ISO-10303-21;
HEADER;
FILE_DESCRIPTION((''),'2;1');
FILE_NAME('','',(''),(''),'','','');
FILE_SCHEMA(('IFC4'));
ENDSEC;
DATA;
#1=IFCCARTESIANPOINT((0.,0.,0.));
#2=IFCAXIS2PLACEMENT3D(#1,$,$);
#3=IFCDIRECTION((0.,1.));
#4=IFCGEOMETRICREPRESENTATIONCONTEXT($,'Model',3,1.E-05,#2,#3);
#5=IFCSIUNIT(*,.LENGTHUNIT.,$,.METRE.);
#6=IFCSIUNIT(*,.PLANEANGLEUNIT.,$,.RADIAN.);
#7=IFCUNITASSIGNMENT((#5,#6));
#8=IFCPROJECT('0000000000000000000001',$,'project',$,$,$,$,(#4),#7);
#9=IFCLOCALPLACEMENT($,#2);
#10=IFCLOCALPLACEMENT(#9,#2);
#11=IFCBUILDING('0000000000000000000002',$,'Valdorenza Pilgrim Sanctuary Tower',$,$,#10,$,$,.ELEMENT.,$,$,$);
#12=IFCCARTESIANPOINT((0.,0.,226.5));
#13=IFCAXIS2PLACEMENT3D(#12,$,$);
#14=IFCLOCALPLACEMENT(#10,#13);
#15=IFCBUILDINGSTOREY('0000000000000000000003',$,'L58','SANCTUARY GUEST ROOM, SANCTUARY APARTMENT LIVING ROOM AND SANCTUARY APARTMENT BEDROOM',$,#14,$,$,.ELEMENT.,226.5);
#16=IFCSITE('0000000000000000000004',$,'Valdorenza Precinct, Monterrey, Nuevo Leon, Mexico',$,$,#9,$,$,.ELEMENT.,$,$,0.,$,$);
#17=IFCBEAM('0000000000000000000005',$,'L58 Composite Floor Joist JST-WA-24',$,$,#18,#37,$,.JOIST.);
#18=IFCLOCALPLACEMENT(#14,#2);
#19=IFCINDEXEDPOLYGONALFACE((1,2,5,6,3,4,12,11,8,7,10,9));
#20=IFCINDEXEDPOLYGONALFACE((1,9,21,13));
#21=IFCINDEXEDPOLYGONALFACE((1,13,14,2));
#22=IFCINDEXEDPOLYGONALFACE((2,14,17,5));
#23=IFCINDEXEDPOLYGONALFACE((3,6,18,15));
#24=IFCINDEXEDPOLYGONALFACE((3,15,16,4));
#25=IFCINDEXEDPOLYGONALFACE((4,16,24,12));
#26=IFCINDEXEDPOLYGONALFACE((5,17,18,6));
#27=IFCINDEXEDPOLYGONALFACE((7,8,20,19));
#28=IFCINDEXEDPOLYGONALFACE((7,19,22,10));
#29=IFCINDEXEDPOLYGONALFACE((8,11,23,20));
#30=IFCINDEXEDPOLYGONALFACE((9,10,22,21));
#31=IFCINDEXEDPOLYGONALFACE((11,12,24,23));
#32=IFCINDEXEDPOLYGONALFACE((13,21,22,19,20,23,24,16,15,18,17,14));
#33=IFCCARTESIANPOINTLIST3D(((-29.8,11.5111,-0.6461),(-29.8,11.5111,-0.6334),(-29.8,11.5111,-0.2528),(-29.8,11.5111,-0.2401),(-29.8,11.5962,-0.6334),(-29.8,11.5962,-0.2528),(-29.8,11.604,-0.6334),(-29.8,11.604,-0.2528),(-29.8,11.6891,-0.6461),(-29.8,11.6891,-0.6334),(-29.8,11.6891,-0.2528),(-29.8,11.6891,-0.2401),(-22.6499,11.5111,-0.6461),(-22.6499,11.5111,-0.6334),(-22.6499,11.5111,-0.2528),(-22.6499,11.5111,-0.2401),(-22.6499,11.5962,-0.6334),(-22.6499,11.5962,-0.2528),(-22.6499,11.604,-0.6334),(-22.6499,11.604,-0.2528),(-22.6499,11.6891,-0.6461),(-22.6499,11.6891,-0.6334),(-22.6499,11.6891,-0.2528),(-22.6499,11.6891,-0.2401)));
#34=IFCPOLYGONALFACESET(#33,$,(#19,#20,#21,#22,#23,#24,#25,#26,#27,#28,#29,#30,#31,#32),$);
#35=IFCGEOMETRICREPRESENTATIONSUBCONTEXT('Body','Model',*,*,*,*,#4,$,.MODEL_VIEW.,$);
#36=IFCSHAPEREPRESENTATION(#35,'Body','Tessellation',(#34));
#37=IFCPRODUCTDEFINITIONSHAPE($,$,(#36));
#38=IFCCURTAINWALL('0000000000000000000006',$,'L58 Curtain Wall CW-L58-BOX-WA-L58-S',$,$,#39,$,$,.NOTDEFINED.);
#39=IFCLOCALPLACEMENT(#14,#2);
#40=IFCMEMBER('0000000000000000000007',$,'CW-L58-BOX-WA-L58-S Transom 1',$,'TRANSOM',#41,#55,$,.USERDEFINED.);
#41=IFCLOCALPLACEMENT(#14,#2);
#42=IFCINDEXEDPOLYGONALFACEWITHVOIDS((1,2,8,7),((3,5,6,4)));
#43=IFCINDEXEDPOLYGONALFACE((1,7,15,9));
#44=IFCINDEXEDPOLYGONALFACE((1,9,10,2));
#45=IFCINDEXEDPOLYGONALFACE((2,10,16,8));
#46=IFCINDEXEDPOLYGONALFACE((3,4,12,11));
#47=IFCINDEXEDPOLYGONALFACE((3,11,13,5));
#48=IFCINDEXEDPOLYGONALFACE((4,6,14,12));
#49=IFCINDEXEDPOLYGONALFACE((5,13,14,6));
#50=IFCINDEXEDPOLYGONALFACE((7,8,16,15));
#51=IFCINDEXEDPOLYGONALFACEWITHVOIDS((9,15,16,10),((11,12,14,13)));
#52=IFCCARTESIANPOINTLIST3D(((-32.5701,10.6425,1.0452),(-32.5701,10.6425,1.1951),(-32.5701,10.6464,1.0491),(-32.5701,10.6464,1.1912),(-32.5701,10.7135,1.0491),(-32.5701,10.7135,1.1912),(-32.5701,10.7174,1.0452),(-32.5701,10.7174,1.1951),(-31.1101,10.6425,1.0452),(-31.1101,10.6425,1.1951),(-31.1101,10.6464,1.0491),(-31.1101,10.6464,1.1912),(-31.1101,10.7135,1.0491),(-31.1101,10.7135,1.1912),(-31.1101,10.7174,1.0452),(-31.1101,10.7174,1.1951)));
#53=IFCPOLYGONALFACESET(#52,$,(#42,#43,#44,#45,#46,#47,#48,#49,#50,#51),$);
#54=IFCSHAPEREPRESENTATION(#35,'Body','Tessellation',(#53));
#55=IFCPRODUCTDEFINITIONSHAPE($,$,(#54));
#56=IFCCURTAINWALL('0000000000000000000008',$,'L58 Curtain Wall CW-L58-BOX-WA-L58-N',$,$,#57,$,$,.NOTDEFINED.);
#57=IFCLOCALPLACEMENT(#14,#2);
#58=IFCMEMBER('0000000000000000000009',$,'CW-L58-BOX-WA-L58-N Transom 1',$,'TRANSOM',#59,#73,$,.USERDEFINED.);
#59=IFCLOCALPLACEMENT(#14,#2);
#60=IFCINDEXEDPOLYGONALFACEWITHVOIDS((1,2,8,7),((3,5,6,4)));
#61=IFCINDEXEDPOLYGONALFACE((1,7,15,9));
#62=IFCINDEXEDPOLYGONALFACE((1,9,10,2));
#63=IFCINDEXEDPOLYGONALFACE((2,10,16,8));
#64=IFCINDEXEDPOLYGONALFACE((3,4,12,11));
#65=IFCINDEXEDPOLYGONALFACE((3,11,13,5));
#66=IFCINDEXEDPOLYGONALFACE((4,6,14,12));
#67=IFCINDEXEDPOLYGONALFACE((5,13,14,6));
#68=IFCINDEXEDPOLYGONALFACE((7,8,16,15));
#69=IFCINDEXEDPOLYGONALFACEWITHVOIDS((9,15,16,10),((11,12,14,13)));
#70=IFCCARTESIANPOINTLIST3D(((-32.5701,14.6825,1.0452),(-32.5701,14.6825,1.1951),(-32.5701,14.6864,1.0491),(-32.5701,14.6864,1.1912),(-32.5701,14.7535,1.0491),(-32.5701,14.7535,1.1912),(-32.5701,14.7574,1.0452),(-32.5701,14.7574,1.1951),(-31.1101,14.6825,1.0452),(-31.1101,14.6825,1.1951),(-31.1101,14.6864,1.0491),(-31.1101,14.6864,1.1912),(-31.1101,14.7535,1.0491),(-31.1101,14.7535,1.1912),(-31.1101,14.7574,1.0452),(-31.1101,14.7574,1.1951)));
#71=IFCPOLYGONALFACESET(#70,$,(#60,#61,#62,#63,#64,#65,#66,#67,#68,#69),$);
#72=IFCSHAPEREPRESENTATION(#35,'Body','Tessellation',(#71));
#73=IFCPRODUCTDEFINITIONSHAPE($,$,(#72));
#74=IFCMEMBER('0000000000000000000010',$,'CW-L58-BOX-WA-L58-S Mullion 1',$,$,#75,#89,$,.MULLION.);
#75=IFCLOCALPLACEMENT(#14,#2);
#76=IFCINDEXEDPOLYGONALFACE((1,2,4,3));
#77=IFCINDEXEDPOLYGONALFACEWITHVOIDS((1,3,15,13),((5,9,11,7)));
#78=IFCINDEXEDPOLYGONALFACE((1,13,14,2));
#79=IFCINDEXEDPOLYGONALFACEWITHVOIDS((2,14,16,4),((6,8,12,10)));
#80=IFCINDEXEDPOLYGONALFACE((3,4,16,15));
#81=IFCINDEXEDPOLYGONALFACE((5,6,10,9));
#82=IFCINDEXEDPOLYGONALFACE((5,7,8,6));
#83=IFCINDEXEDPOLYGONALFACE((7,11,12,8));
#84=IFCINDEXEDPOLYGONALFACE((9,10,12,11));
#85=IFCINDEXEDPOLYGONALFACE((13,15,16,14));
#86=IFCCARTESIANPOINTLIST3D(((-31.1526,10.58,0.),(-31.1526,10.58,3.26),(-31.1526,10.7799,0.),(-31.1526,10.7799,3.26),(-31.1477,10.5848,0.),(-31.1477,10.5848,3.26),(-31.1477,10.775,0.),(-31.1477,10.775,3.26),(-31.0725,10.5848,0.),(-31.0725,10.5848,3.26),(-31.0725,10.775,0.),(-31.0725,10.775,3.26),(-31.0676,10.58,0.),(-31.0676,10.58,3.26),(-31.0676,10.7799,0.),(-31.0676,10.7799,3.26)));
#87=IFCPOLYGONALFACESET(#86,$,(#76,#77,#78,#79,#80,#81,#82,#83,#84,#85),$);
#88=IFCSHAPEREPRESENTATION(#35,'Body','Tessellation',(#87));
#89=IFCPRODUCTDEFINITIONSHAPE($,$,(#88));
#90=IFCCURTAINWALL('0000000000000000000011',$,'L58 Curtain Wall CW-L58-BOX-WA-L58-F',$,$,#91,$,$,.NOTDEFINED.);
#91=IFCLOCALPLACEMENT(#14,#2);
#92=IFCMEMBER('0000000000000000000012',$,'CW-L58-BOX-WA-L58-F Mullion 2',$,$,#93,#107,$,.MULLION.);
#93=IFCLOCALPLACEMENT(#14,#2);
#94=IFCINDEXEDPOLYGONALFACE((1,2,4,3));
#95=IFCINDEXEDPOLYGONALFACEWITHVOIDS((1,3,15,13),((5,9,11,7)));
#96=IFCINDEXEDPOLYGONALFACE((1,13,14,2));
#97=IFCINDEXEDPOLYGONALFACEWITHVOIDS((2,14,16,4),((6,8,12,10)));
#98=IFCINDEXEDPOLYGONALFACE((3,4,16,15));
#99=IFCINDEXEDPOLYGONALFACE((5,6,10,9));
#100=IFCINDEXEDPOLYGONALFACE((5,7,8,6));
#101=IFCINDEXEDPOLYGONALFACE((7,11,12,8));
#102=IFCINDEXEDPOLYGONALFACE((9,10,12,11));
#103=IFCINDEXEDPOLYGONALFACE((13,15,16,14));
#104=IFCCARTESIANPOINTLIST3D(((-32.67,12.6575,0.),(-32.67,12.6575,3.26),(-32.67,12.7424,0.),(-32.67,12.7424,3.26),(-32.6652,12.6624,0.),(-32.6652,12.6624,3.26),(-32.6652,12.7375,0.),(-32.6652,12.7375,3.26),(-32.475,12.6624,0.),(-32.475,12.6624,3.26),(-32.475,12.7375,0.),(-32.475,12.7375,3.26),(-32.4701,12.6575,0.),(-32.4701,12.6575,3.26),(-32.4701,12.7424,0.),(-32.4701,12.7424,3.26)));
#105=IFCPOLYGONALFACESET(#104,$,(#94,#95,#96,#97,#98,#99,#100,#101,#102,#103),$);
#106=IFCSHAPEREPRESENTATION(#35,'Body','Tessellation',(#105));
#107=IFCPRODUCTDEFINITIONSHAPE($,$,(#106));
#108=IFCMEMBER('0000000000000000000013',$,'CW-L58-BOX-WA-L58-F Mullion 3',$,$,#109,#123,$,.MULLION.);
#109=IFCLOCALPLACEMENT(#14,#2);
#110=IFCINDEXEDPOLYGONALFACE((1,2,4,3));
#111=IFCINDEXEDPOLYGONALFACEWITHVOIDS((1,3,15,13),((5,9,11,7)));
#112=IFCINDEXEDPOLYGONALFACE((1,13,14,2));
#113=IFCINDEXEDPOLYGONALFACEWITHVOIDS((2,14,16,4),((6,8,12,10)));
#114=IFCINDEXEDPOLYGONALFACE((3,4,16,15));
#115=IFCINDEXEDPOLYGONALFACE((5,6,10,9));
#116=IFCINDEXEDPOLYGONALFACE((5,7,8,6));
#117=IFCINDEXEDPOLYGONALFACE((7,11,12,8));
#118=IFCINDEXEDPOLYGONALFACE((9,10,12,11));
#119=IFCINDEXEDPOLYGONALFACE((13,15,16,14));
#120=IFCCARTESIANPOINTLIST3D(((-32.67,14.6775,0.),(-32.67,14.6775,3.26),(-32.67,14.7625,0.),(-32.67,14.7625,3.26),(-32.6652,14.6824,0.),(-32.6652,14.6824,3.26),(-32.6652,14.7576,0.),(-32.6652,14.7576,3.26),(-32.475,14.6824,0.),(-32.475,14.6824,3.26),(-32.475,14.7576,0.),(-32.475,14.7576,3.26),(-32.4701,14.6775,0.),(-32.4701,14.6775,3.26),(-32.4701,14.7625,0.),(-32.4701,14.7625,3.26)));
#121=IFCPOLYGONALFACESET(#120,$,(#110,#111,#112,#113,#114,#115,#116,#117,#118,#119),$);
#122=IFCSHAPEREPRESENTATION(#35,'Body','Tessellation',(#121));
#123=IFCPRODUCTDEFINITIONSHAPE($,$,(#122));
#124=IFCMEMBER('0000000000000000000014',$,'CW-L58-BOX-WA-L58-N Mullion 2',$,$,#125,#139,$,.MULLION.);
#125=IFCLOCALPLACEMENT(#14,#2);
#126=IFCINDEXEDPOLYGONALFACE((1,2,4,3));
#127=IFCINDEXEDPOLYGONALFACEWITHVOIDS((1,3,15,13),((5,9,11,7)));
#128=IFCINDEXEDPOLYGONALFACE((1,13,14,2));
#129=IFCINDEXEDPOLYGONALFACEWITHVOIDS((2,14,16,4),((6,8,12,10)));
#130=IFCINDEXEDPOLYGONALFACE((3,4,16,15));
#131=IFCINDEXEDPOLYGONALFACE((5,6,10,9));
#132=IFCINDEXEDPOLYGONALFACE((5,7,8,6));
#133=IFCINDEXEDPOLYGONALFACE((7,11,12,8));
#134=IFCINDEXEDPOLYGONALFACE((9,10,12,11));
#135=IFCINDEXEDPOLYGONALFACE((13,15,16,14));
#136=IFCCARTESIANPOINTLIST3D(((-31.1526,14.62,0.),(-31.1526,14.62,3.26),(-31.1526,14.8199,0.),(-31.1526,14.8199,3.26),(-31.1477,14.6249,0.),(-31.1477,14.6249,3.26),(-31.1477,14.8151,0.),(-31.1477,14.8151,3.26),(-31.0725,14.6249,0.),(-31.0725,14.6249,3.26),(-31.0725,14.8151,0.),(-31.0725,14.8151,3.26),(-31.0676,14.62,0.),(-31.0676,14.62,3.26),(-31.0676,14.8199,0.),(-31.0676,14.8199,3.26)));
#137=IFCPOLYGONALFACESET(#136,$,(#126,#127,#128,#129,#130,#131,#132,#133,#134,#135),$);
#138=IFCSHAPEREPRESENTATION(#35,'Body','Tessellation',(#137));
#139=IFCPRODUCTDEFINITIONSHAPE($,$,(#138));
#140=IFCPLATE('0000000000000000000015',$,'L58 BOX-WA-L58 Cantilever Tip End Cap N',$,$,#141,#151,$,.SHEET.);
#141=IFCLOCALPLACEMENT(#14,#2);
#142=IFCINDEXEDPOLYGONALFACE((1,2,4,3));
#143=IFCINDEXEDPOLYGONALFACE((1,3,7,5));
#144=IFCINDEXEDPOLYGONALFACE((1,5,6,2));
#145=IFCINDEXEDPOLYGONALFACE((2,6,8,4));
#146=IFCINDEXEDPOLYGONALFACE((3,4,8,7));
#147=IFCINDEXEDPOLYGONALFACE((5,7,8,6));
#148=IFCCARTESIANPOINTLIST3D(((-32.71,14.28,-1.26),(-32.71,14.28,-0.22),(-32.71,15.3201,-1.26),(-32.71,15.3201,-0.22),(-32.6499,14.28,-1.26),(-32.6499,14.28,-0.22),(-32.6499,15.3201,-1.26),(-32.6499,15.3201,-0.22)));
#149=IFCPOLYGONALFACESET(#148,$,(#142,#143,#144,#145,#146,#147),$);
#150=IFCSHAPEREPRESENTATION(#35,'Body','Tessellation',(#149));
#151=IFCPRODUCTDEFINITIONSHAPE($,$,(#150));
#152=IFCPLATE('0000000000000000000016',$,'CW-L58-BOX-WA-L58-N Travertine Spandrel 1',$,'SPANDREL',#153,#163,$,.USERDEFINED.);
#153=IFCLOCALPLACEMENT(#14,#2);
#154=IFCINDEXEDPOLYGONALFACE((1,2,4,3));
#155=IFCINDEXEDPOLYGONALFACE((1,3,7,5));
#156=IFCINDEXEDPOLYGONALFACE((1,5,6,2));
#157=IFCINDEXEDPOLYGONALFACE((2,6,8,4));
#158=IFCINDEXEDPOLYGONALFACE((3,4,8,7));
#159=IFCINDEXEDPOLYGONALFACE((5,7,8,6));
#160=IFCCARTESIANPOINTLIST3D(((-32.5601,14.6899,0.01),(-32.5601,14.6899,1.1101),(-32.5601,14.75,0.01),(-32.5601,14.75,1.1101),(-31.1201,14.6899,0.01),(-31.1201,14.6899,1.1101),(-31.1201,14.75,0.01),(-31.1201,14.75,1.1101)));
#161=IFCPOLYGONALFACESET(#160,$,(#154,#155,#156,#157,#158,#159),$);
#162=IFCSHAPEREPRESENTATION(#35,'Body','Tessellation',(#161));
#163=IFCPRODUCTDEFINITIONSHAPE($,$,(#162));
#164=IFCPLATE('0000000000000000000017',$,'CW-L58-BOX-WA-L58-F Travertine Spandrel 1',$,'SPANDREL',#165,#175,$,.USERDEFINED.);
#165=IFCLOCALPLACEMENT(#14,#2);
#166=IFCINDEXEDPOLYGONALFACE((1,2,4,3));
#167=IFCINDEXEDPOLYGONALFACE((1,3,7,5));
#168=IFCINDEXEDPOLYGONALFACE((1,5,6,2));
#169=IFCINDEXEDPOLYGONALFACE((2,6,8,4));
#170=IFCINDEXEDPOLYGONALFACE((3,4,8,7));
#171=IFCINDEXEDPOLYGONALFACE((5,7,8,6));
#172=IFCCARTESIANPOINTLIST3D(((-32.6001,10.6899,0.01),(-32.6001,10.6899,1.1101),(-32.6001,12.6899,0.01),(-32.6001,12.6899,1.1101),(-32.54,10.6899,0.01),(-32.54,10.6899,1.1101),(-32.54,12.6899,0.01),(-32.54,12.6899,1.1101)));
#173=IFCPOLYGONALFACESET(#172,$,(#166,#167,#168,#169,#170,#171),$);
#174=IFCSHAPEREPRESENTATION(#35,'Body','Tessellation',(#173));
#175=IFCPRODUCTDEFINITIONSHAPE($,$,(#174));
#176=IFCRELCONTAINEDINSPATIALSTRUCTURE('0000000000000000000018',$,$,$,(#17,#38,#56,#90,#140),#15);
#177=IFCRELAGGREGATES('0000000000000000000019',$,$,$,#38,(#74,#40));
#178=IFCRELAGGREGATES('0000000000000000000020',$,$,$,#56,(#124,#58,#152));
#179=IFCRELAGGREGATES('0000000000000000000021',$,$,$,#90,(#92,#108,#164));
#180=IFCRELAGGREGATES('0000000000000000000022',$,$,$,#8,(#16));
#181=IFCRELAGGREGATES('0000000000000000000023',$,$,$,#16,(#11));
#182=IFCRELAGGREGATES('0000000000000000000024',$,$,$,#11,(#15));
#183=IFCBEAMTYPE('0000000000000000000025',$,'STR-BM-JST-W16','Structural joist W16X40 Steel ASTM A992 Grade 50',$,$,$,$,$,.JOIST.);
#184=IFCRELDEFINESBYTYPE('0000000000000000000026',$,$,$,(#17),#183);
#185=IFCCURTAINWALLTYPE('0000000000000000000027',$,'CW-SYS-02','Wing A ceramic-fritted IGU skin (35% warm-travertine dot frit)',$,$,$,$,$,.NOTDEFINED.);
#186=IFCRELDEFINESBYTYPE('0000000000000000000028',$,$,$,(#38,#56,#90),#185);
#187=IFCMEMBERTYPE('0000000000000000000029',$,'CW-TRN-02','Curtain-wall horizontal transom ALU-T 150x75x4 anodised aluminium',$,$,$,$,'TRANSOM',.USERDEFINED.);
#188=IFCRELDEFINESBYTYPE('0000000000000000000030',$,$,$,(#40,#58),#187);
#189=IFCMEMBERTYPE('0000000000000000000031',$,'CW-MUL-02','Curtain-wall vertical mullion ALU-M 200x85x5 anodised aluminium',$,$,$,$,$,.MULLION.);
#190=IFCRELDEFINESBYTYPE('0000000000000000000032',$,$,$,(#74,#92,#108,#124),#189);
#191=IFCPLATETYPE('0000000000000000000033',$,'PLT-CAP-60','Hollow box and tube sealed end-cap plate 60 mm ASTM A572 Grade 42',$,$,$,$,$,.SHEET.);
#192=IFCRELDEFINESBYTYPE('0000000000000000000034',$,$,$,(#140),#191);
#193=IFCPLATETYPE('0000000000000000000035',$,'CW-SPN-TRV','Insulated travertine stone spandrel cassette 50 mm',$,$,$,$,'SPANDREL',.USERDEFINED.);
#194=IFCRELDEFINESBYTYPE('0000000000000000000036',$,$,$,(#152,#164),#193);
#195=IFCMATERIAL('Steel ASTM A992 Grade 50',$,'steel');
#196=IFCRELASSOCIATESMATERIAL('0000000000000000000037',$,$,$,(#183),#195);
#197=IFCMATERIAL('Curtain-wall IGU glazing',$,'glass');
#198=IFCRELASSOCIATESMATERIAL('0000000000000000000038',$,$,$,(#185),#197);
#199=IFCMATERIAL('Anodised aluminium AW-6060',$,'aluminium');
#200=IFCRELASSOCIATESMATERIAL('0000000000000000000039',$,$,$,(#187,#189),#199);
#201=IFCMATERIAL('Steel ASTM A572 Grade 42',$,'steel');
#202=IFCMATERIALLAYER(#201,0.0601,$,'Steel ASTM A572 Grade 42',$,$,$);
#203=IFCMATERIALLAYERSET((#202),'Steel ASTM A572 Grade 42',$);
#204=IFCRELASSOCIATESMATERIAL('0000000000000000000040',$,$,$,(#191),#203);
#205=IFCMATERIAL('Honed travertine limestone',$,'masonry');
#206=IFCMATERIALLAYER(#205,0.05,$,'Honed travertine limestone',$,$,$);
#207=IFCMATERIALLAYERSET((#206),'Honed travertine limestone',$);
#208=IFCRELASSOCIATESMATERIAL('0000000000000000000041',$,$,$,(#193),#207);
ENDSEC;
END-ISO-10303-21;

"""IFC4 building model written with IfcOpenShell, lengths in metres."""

from ifc_helpers import new_model, si_unit, direction, frame, origin, origin_2d, place, context, subcontext, project, spatial, rectangle, hollow_rectangle, i_section, extrude, source, transform, mapped, material, layer, layer_set, material_profile, profile_set, type_object, element, aggregate, save


model = new_model("IFC4")

# Units and contexts
model_context = context("Model", 3, precision=1e-05, world=origin(), true_north=direction((0.0, 1.0)))
body_context = subcontext(model_context, "Body", "Model", "MODEL_VIEW")
ifc_project = project(units=[si_unit("LENGTHUNIT", "METRE"), si_unit("PLANEANGLEUNIT", "RADIAN")], contexts=[model_context])

# Site, building, storey
site_placement = place(None, origin())
site = spatial("IfcSite", under=ifc_project, at=site_placement, Name="Valdorenza Precinct, Monterrey, Nuevo Leon, Mexico", CompositionType="ELEMENT", RefElevation=0.0)
building_placement = place(site_placement, origin())
building = spatial("IfcBuilding", under=site, at=building_placement, Name="Valdorenza Pilgrim Sanctuary Tower", CompositionType="ELEMENT")
storey_placement = place(building_placement, frame((0.0, 0.0, 226.5)))
storey = spatial("IfcBuildingStorey", under=building, at=storey_placement, Name="L58", Description="SANCTUARY GUEST ROOM, SANCTUARY APARTMENT LIVING ROOM AND SANCTUARY APARTMENT BEDROOM", CompositionType="ELEMENT", Elevation=226.5)

# Beam
ifc_material_1 = material(Name="Steel ASTM A992 Grade 50", Category="steel")
ifc_material_profile_1 = material_profile(ifc_material_1, i_section(OverallWidth=0.178, OverallDepth=0.406, WebThickness=0.0078, FlangeThickness=0.0127, at=origin_2d()), Name="W16X40")
ifc_profile_set_1 = profile_set([ifc_material_profile_1], Name="Steel ASTM A992 Grade 50")
beam_type = type_object("IfcBeamType", Name="STR-BM-JST-W16", Description="Structural joist W16X40 Steel ASTM A992 Grade 50", PredefinedType="JOIST", material=ifc_profile_set_1)
shared_shape_1 = source(origin(), body_context, "Body", "SweptSolid", [
    extrude(i_section(OverallWidth=0.178, OverallDepth=0.406, WebThickness=0.0078, FlangeThickness=0.0127, at=origin_2d()), origin(), (0.0, 0.0, 1.0), 7.1501),
])
beam_placement = place(storey_placement, frame((-29.8, 11.6001, -0.4431), z_axis=(1.0, 0.0, 0.0), x_axis=(0.0, 1.0, 0.0)))
element("IfcBeam", 1, at=beam_placement, inside=storey, type_object=beam_type, Name="L58 Composite Floor Joist JST-WA-24", PredefinedType="JOIST", context=body_context, shape_type="MappedRepresentation", body=[
    mapped(shared_shape_1, transform((0.0, 0.0, 0.0), x_axis=(1.0, 0.0, 0.0), y_axis=(0.0, 1.0, 0.0), z_axis=(0.0, 0.0, 1.0), scale=1.0)),
])

# Curtain walls, members
ifc_material_2 = material(Name="Curtain-wall IGU glazing", Category="glass")
curtain_wall_type = type_object("IfcCurtainWallType", Name="CW-SYS-02", Description="Wing A ceramic-fritted IGU skin (35% warm-travertine dot frit)", PredefinedType="NOTDEFINED", material=ifc_material_2)
curtain_wall_1_placement = place(storey_placement, origin())
curtain_wall_1 = element("IfcCurtainWall", 2, at=curtain_wall_1_placement, inside=storey, type_object=curtain_wall_type, Name="L58 Curtain Wall CW-L58-BOX-WA-L58-S", PredefinedType="NOTDEFINED")
ifc_material_3 = material(Name="Anodised aluminium AW-6060", Category="aluminium")
ifc_material_profile_2 = material_profile(ifc_material_3, hollow_rectangle(XDim=0.075, YDim=0.1499, WallThickness=0.0039, at=origin_2d()), Name="ALU-T 150x75x4")
ifc_profile_set_2 = profile_set([ifc_material_profile_2], Name="Anodised aluminium AW-6060")
member_type_1 = type_object("IfcMemberType", Name="CW-TRN-02", Description="Curtain-wall horizontal transom ALU-T 150x75x4 anodised aluminium", ElementType="TRANSOM", PredefinedType="USERDEFINED", material=ifc_profile_set_2)
shared_shape_2 = source(origin(), body_context, "Body", "SweptSolid", [
    extrude(hollow_rectangle(XDim=0.075, YDim=0.1499, WallThickness=0.0039, at=origin_2d()), origin(), (0.0, 0.0, 1.0), 1.46),
])
member_1_placement = place(storey_placement, frame((-31.1101, 10.6799, 1.1201), z_axis=(-1.0, 0.0, 0.0), x_axis=(0.0, -1.0, 0.0)))
member_1 = element("IfcMember", 3, at=member_1_placement, type_object=member_type_1, Name="CW-L58-BOX-WA-L58-S Transom 1", ObjectType="TRANSOM", PredefinedType="USERDEFINED", context=body_context, shape_type="MappedRepresentation", body=[
    mapped(shared_shape_2, transform((0.0, 0.0, 0.0), x_axis=(1.0, 0.0, 0.0), y_axis=(0.0, 1.0, 0.0), z_axis=(0.0, 0.0, 1.0), scale=1.0)),
])
curtain_wall_2_placement = place(storey_placement, origin())
curtain_wall_2 = element("IfcCurtainWall", 4, at=curtain_wall_2_placement, inside=storey, type_object=curtain_wall_type, Name="L58 Curtain Wall CW-L58-BOX-WA-L58-N", PredefinedType="NOTDEFINED")
member_2_placement = place(storey_placement, frame((-32.5701, 14.72, 1.1201), z_axis=(1.0, 0.0, 0.0), x_axis=(0.0, 1.0, 0.0)))
member_2 = element("IfcMember", 5, at=member_2_placement, type_object=member_type_1, Name="CW-L58-BOX-WA-L58-N Transom 1", ObjectType="TRANSOM", PredefinedType="USERDEFINED", context=body_context, shape_type="MappedRepresentation", body=[
    mapped(shared_shape_2, transform((0.0, 0.0, 0.0), x_axis=(1.0, 0.0, 0.0), y_axis=(0.0, 1.0, 0.0), z_axis=(0.0, 0.0, 1.0), scale=1.0)),
])

# Member
ifc_material_profile_3 = material_profile(ifc_material_3, hollow_rectangle(XDim=0.085, YDim=0.2, WallThickness=0.0049, at=origin_2d()), Name="ALU-M 200x85x5")
ifc_profile_set_3 = profile_set([ifc_material_profile_3], Name="Anodised aluminium AW-6060")
member_type_2 = type_object("IfcMemberType", Name="CW-MUL-02", Description="Curtain-wall vertical mullion ALU-M 200x85x5 anodised aluminium", PredefinedType="MULLION", material=ifc_profile_set_3)
shared_shape_3 = source(origin(), body_context, "Body", "SweptSolid", [
    extrude(hollow_rectangle(XDim=0.085, YDim=0.2, WallThickness=0.0049, at=origin_2d()), origin(), (0.0, 0.0, 1.0), 3.26),
])
member_3_placement = place(storey_placement, frame((-31.1101, 10.6799, 0.0), z_axis=(0.0, 0.0, 1.0), x_axis=(-1.0, 0.0, 0.0)))
member_3 = element("IfcMember", 6, at=member_3_placement, type_object=member_type_2, Name="CW-L58-BOX-WA-L58-S Mullion 1", PredefinedType="MULLION", context=body_context, shape_type="MappedRepresentation", body=[
    mapped(shared_shape_3, transform((0.0, 0.0, 0.0), x_axis=(1.0, 0.0, 0.0), y_axis=(0.0, 1.0, 0.0), z_axis=(0.0, 0.0, 1.0), scale=1.0)),
])

# Curtain wall, members
curtain_wall_3_placement = place(storey_placement, origin())
curtain_wall_3 = element("IfcCurtainWall", 7, at=curtain_wall_3_placement, inside=storey, type_object=curtain_wall_type, Name="L58 Curtain Wall CW-L58-BOX-WA-L58-F", PredefinedType="NOTDEFINED")
member_4_placement = place(storey_placement, frame((-32.5701, 12.7, 0.0), z_axis=(0.0, 0.0, 1.0), x_axis=(0.0, 1.0, 0.0)))
member_4 = element("IfcMember", 8, at=member_4_placement, type_object=member_type_2, Name="CW-L58-BOX-WA-L58-F Mullion 2", PredefinedType="MULLION", context=body_context, shape_type="MappedRepresentation", body=[
    mapped(shared_shape_3, transform((0.0, 0.0, 0.0), x_axis=(1.0, 0.0, 0.0), y_axis=(0.0, 1.0, 0.0), z_axis=(0.0, 0.0, 1.0), scale=1.0)),
])
member_5_placement = place(storey_placement, frame((-32.5701, 14.72, 0.0), z_axis=(0.0, 0.0, 1.0), x_axis=(0.0, 1.0, 0.0)))
member_5 = element("IfcMember", 9, at=member_5_placement, type_object=member_type_2, Name="CW-L58-BOX-WA-L58-F Mullion 3", PredefinedType="MULLION", context=body_context, shape_type="MappedRepresentation", body=[
    mapped(shared_shape_3, transform((0.0, 0.0, 0.0), x_axis=(1.0, 0.0, 0.0), y_axis=(0.0, 1.0, 0.0), z_axis=(0.0, 0.0, 1.0), scale=1.0)),
])

# Member
member_6_placement = place(storey_placement, frame((-31.1101, 14.72, 0.0), z_axis=(0.0, 0.0, 1.0), x_axis=(1.0, 0.0, 0.0)))
member_6 = element("IfcMember", 10, at=member_6_placement, type_object=member_type_2, Name="CW-L58-BOX-WA-L58-N Mullion 2", PredefinedType="MULLION", context=body_context, shape_type="MappedRepresentation", body=[
    mapped(shared_shape_3, transform((0.0, 0.0, 0.0), x_axis=(1.0, 0.0, 0.0), y_axis=(0.0, 1.0, 0.0), z_axis=(0.0, 0.0, 1.0), scale=1.0)),
])

# Plates
ifc_material_4 = material(Name="Steel ASTM A572 Grade 42", Category="steel")
ifc_layer_1 = layer(ifc_material_4, 0.0601, Name="Steel ASTM A572 Grade 42")
ifc_layer_set_1 = layer_set([ifc_layer_1], Name="Steel ASTM A572 Grade 42")
plate_type_1 = type_object("IfcPlateType", Name="PLT-CAP-60", Description="Hollow box and tube sealed end-cap plate 60 mm ASTM A572 Grade 42", PredefinedType="SHEET", material=ifc_layer_set_1)
shared_shape_4 = source(origin(), body_context, "Body", "SweptSolid", [
    extrude(rectangle(XDim=0.0601, YDim=1.04, at=origin_2d()), origin(), (0.0, 0.0, 1.0), 1.04),
])
plate_1_placement = place(storey_placement, frame((-32.6799, 14.8, -1.26), z_axis=(0.0, 0.0, 1.0), x_axis=(1.0, 0.0, 0.0)))
element("IfcPlate", 11, at=plate_1_placement, inside=storey, type_object=plate_type_1, Name="L58 BOX-WA-L58 Cantilever Tip End Cap N", PredefinedType="SHEET", context=body_context, shape_type="MappedRepresentation", body=[
    mapped(shared_shape_4, transform((0.0, 0.0, 0.0), x_axis=(1.0, 0.0, 0.0), y_axis=(0.0, 1.0, 0.0), z_axis=(0.0, 0.0, 1.0), scale=1.0)),
])
ifc_material_5 = material(Name="Honed travertine limestone", Category="masonry")
ifc_layer_2 = layer(ifc_material_5, 0.05, Name="Honed travertine limestone")
ifc_layer_set_2 = layer_set([ifc_layer_2], Name="Honed travertine limestone")
plate_type_2 = type_object("IfcPlateType", Name="CW-SPN-TRV", Description="Insulated travertine stone spandrel cassette 50 mm", ElementType="SPANDREL", PredefinedType="USERDEFINED", material=ifc_layer_set_2)
shared_shape_5 = source(origin(), body_context, "Body", "SweptSolid", [
    extrude(rectangle(XDim=1.4399, YDim=0.0601, at=origin_2d()), origin(), (0.0, 0.0, 1.0), 1.1001),
])
plate_2_placement = place(storey_placement, frame((-31.8401, 14.72, 0.01), z_axis=(0.0, 0.0, 1.0), x_axis=(1.0, 0.0, 0.0)))
plate_2 = element("IfcPlate", 12, at=plate_2_placement, type_object=plate_type_2, Name="CW-L58-BOX-WA-L58-N Travertine Spandrel 1", ObjectType="SPANDREL", PredefinedType="USERDEFINED", context=body_context, shape_type="MappedRepresentation", body=[
    mapped(shared_shape_5, transform((0.0, 0.0, 0.0), x_axis=(1.0, 0.0, 0.0), y_axis=(0.0, 1.0, 0.0), z_axis=(0.0, 0.0, 1.0), scale=1.0)),
])
shared_shape_6 = source(origin(), body_context, "Body", "SweptSolid", [
    extrude(rectangle(XDim=2.0, YDim=0.0601, at=origin_2d()), origin(), (0.0, 0.0, 1.0), 1.1001),
])
plate_3_placement = place(storey_placement, frame((-32.5701, 11.6899, 0.01), z_axis=(0.0, 0.0, 1.0), x_axis=(0.0, 1.0, 0.0)))
plate_3 = element("IfcPlate", 13, at=plate_3_placement, type_object=plate_type_2, Name="CW-L58-BOX-WA-L58-F Travertine Spandrel 1", ObjectType="SPANDREL", PredefinedType="USERDEFINED", context=body_context, shape_type="MappedRepresentation", body=[
    mapped(shared_shape_6, transform((0.0, 0.0, 0.0), x_axis=(1.0, 0.0, 0.0), y_axis=(0.0, 1.0, 0.0), z_axis=(0.0, 0.0, 1.0), scale=1.0)),
])
aggregate(curtain_wall_1, [member_3, member_1])
aggregate(curtain_wall_2, [member_6, member_2, plate_2])
aggregate(curtain_wall_3, [member_4, member_5, plate_3])

save(model, "model.ifc")
